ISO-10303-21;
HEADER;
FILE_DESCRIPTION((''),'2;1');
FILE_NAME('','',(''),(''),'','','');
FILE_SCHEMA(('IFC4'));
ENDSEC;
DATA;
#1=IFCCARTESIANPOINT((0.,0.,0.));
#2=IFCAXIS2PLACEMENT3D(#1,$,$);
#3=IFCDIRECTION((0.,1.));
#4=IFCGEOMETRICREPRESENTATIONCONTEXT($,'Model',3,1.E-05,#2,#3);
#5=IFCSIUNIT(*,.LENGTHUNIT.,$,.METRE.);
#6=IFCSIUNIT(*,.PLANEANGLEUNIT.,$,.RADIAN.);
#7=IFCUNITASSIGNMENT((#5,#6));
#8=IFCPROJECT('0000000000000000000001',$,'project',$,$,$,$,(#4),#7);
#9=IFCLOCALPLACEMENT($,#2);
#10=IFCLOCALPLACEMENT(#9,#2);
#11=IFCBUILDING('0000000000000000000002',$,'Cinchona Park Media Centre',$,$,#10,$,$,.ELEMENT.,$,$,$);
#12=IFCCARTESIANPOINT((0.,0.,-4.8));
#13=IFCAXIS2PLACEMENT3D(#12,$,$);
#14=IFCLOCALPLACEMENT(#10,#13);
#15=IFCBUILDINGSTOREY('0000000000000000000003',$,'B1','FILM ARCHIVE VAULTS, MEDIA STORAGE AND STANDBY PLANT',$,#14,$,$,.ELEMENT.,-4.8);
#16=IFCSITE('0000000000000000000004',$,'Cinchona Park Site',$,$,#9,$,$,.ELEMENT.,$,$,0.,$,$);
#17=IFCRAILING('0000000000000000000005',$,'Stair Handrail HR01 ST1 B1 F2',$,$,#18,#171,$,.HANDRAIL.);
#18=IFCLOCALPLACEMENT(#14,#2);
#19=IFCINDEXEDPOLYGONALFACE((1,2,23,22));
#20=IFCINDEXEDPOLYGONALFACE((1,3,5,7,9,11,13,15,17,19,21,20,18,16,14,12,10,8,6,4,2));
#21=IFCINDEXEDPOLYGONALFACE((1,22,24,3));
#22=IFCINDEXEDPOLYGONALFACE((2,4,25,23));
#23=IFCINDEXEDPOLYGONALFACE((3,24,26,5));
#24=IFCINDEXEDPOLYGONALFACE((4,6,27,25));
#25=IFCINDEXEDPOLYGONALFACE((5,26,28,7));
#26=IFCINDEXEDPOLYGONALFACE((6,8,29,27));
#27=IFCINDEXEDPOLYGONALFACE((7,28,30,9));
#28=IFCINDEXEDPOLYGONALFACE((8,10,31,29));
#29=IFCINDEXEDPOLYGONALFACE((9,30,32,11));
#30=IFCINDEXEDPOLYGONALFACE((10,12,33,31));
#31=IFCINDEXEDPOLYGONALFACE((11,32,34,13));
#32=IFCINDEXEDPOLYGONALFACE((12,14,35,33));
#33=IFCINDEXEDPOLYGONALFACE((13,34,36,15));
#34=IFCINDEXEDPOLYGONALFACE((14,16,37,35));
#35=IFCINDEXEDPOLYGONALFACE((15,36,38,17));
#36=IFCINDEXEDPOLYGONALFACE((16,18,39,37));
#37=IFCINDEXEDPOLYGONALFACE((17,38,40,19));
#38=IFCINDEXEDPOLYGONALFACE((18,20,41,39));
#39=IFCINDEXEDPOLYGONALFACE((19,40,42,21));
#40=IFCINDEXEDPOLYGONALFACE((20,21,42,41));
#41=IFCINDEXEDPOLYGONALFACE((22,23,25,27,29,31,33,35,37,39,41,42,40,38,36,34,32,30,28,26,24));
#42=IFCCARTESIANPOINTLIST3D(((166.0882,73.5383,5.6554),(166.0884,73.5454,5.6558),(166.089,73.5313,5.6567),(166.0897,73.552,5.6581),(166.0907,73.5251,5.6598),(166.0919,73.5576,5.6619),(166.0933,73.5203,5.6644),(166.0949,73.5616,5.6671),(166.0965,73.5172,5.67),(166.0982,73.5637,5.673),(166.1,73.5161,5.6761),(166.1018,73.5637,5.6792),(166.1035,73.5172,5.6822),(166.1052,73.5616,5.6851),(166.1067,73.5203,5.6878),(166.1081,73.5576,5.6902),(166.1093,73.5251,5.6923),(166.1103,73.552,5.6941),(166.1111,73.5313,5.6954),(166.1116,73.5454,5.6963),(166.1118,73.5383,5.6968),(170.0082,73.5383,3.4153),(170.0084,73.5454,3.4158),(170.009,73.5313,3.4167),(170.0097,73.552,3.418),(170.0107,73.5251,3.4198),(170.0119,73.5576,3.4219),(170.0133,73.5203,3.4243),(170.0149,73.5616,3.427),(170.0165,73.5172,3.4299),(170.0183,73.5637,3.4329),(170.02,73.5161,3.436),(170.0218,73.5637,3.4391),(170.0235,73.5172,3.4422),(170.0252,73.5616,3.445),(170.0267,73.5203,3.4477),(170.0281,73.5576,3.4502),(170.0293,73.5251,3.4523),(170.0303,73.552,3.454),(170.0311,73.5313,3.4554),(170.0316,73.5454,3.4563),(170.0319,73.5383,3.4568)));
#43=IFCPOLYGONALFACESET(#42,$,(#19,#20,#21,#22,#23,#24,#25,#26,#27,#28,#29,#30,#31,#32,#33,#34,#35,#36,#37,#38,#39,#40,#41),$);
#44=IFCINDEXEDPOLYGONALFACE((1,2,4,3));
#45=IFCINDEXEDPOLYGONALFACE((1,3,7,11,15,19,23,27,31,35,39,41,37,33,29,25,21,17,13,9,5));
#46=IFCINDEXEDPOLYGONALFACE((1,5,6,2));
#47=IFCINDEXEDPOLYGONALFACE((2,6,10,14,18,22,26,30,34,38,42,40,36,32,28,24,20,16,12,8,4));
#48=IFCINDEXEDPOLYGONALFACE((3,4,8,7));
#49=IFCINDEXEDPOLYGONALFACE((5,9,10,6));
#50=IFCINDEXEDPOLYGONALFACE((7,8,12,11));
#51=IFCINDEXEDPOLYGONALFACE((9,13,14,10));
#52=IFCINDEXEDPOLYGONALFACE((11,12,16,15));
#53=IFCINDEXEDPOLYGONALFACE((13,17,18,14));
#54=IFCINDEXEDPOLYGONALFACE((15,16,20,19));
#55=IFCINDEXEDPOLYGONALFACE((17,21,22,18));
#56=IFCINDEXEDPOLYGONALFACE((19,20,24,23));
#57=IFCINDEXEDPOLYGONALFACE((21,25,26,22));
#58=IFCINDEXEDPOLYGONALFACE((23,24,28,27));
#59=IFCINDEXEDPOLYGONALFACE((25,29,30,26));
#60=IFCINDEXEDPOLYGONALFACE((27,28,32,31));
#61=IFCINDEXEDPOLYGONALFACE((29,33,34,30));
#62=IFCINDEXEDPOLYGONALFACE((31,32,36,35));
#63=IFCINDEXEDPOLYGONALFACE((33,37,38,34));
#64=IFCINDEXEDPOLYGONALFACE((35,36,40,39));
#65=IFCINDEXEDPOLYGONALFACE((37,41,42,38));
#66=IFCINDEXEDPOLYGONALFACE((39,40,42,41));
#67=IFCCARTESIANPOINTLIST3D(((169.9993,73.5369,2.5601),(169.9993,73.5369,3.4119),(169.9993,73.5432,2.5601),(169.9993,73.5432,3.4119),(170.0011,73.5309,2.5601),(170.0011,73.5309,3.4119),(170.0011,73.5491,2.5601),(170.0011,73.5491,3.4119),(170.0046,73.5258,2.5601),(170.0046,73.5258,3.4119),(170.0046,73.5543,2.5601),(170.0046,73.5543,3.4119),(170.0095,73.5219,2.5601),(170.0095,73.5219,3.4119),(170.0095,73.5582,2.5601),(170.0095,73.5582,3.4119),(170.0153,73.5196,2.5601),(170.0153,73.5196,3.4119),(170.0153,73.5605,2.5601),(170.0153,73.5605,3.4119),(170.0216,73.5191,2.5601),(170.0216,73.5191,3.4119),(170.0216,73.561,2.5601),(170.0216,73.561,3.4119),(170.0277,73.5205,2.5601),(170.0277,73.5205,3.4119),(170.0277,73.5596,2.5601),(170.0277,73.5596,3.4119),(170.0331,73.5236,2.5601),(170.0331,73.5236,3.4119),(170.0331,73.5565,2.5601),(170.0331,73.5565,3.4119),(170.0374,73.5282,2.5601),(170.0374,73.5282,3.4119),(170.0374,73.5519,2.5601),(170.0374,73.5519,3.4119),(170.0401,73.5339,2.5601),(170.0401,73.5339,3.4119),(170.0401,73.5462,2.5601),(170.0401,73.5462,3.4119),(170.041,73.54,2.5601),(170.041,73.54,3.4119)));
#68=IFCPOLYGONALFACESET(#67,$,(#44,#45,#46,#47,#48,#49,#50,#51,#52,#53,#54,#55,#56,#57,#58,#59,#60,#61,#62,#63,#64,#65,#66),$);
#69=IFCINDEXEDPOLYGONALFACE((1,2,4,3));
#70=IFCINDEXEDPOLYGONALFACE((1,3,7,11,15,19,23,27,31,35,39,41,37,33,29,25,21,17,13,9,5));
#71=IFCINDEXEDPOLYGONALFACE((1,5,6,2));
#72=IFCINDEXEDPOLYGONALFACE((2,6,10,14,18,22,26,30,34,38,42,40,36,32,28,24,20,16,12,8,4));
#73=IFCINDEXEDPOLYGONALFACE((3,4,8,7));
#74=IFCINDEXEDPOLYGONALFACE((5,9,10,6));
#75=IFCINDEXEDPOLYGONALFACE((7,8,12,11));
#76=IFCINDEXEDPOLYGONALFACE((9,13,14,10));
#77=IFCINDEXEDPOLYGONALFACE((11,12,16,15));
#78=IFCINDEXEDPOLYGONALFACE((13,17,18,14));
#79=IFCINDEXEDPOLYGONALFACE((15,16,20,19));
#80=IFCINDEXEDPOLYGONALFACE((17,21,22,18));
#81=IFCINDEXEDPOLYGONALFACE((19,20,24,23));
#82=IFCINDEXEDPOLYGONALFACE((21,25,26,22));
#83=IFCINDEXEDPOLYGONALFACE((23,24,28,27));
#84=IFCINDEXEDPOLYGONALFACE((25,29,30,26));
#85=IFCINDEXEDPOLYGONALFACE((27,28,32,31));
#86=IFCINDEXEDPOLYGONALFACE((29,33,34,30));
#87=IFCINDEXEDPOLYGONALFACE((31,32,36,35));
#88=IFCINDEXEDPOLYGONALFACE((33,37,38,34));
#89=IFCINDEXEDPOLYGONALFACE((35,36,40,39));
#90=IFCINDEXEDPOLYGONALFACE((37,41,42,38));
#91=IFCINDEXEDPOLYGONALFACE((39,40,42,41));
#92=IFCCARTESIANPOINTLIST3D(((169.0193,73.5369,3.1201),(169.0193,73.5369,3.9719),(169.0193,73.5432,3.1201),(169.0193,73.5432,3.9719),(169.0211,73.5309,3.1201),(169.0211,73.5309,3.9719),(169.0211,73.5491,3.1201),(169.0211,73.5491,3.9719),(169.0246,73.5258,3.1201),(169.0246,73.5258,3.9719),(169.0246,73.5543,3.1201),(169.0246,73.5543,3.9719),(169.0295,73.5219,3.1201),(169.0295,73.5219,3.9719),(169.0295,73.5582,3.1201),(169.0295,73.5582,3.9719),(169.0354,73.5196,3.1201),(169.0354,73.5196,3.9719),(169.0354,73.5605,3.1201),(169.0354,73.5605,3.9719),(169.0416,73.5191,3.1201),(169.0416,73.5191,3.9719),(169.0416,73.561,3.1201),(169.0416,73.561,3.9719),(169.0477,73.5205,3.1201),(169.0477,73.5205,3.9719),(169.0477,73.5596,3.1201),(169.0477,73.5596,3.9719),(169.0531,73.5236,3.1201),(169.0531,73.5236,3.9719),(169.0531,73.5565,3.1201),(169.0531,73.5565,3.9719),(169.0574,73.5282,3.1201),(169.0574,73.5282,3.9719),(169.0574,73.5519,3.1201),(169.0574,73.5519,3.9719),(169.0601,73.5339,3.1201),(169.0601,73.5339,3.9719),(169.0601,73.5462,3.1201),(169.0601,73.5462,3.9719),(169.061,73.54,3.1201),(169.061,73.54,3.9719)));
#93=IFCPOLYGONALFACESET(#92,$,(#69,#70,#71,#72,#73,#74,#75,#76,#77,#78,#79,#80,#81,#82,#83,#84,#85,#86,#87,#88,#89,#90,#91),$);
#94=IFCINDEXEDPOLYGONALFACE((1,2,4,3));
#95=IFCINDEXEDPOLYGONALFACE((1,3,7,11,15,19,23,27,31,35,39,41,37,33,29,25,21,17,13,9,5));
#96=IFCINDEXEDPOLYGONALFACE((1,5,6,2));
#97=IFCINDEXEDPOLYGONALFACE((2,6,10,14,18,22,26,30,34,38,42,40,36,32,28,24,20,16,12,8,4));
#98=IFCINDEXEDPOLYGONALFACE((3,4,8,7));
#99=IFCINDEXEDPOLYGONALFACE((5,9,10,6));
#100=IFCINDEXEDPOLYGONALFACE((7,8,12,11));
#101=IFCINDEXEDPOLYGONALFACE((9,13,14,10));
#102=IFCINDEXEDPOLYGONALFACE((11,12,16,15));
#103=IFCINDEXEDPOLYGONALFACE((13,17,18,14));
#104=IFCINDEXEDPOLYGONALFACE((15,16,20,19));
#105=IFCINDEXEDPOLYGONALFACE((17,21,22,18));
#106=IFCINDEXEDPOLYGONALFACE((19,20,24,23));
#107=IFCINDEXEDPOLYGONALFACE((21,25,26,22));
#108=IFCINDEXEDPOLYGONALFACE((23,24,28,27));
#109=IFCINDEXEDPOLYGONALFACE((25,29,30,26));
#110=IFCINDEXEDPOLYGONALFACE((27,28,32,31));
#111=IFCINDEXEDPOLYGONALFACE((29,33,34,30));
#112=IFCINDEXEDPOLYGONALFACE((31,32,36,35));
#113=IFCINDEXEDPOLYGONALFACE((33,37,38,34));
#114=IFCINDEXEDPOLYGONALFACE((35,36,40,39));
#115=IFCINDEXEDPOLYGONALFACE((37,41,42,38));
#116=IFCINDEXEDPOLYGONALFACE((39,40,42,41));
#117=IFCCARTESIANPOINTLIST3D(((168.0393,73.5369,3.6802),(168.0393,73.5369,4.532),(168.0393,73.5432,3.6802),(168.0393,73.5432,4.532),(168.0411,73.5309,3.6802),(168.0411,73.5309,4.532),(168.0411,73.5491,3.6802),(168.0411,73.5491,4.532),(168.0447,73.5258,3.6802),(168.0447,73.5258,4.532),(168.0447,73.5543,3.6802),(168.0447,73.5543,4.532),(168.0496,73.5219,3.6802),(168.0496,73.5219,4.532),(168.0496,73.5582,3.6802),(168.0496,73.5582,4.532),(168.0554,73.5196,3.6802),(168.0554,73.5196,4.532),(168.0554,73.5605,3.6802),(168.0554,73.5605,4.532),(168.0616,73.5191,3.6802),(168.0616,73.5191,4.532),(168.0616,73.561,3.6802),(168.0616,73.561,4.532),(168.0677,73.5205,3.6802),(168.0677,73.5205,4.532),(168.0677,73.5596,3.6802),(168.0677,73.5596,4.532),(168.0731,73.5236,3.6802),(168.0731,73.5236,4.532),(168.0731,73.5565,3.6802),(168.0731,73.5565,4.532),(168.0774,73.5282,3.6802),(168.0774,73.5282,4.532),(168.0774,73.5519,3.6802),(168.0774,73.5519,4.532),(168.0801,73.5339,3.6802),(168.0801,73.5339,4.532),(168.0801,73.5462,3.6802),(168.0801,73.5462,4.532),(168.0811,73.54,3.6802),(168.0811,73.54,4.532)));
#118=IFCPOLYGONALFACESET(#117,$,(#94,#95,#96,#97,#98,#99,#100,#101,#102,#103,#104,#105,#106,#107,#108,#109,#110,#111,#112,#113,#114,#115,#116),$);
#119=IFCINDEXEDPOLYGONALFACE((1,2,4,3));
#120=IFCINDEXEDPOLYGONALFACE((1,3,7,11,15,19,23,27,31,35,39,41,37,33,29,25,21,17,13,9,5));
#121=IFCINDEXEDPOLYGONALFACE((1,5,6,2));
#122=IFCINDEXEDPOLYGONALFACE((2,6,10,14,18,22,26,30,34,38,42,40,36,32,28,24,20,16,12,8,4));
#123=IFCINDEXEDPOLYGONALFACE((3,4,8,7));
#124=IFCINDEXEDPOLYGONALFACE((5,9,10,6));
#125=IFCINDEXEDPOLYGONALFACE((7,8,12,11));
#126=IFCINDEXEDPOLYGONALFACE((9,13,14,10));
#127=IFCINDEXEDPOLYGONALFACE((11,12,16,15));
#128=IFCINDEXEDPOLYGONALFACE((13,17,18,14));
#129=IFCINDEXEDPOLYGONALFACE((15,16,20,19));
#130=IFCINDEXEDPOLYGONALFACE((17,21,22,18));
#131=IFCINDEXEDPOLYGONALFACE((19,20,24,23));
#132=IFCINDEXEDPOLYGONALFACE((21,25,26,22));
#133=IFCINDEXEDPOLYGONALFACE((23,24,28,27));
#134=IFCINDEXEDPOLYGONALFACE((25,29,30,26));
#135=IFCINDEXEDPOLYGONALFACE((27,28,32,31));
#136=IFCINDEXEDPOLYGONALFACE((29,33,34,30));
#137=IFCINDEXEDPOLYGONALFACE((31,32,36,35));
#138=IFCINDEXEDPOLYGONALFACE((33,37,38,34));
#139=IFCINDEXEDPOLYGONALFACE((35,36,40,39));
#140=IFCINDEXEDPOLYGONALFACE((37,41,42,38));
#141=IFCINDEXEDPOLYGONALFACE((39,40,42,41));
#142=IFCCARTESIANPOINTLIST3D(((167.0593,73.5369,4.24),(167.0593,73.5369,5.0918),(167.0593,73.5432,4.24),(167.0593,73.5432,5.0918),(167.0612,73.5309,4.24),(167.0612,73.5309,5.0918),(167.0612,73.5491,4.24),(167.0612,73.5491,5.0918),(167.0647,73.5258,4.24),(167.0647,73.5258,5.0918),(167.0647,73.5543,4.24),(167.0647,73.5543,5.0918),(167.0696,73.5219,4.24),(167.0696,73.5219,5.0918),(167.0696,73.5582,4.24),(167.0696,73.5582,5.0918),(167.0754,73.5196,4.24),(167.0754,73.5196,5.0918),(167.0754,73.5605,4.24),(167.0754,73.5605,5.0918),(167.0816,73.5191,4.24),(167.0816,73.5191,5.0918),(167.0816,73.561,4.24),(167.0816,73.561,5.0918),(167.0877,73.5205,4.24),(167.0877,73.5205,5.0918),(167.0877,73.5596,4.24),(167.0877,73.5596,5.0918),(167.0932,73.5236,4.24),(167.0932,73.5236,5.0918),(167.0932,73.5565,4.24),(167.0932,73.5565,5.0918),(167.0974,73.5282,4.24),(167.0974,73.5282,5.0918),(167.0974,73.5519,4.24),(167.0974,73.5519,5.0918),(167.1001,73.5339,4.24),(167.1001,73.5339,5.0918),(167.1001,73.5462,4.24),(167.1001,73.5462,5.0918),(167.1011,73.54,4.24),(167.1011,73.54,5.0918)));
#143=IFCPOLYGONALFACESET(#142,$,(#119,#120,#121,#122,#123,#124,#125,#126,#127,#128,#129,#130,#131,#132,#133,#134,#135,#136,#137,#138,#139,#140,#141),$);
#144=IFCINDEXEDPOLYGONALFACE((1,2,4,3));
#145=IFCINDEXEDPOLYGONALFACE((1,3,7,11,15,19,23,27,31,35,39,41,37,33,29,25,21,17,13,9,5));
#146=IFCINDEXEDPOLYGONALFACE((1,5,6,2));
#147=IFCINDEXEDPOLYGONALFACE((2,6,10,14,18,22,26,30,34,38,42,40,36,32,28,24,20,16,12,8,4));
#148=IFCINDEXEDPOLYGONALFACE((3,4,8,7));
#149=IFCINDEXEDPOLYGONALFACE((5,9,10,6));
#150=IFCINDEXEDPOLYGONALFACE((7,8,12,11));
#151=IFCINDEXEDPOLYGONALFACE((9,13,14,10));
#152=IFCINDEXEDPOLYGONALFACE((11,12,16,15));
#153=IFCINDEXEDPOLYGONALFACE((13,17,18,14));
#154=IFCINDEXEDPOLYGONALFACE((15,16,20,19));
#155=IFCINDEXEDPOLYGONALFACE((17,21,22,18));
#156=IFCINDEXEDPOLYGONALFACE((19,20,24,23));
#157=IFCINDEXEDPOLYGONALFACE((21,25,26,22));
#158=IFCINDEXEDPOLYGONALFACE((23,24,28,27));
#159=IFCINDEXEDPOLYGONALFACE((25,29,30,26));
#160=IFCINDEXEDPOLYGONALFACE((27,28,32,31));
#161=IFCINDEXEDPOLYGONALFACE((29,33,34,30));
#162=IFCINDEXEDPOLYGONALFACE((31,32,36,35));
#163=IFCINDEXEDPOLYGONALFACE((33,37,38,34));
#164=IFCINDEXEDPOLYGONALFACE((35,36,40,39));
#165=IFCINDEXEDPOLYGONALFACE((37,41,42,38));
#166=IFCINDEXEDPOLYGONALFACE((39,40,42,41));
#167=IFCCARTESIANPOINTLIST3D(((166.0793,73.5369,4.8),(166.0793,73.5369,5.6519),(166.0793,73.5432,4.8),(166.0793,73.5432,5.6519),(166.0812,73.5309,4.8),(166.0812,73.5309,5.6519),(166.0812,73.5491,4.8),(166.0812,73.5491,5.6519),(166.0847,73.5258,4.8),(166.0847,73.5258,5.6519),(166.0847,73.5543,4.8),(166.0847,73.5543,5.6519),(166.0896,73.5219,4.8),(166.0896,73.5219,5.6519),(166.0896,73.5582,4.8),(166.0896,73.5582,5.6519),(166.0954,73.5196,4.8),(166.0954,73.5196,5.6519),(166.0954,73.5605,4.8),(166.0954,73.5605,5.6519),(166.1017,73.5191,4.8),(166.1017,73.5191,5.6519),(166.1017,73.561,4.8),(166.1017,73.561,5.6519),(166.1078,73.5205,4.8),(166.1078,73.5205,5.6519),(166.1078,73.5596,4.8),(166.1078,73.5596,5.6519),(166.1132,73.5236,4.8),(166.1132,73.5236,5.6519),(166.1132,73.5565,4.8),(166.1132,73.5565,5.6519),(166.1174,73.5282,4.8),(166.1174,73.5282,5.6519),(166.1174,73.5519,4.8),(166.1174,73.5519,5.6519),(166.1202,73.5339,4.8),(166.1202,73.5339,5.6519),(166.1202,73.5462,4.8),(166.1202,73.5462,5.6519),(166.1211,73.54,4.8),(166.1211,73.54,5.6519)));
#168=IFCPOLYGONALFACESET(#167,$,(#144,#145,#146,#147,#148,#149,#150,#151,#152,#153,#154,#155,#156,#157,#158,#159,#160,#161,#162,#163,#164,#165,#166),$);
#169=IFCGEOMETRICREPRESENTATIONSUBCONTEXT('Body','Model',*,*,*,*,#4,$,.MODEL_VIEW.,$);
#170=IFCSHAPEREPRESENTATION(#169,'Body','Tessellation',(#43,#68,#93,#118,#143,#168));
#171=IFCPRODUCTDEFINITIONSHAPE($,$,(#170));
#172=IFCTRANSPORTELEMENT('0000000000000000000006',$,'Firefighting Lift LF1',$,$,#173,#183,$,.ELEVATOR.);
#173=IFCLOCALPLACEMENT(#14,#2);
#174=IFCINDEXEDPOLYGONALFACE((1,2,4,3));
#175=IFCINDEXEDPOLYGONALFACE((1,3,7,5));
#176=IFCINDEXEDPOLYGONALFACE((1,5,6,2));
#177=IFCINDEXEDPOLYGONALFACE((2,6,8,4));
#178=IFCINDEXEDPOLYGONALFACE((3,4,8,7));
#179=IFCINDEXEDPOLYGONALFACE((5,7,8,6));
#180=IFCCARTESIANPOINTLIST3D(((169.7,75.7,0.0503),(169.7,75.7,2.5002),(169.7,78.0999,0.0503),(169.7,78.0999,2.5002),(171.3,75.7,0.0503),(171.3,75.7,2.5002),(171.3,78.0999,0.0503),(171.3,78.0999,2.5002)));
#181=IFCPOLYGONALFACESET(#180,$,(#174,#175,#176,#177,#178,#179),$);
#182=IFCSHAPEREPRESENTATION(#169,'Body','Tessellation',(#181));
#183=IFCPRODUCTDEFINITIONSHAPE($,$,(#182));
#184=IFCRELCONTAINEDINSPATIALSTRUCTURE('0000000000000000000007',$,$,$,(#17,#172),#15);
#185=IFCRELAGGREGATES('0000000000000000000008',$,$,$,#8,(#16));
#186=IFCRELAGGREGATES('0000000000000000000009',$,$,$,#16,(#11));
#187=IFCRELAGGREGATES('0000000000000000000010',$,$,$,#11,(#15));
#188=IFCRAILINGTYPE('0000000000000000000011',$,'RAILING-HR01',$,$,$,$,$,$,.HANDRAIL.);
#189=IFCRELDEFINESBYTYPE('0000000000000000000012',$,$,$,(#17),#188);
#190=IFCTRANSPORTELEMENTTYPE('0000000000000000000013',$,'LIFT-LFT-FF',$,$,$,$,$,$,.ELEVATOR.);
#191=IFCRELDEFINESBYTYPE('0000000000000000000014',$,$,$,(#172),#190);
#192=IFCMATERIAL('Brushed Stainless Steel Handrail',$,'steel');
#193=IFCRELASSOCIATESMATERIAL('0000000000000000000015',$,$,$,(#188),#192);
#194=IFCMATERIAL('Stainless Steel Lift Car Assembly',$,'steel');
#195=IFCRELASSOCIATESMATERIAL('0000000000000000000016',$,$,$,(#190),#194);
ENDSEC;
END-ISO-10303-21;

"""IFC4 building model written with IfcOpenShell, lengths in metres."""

from ifc_helpers import new_model, si_unit, direction, frame, origin, origin_2d, place, context, subcontext, project, spatial, rectangle, circle, extrude, material, type_object, element, save


model = new_model("IFC4")

# Units and contexts
model_context = context("Model", 3, precision=1e-05, world=origin(), true_north=direction((0.0, 1.0)))
body_context = subcontext(model_context, "Body", "Model", "MODEL_VIEW")
ifc_project = project(units=[si_unit("LENGTHUNIT", "METRE"), si_unit("PLANEANGLEUNIT", "RADIAN")], contexts=[model_context])

# Site, building, storey
site_placement = place(None, origin())
site = spatial("IfcSite", under=ifc_project, at=site_placement, Name="Cinchona Park Site", CompositionType="ELEMENT", RefElevation=0.0)
building_placement = place(site_placement, origin())
building = spatial("IfcBuilding", under=site, at=building_placement, Name="Cinchona Park Media Centre", CompositionType="ELEMENT")
storey_placement = place(building_placement, frame((0.0, 0.0, -4.8)))
storey = spatial("IfcBuildingStorey", under=building, at=storey_placement, Name="B1", Description="FILM ARCHIVE VAULTS, MEDIA STORAGE AND STANDBY PLANT", CompositionType="ELEMENT", Elevation=-4.8)

# Railing
ifc_material_1 = material(Name="Brushed Stainless Steel Handrail", Category="steel")
railing_type_1 = type_object("IfcRailingType", Name="RAILING-HR01", PredefinedType="HANDRAIL", material=ifc_material_1)
railing_1_placement = place(storey_placement, frame((170.02, 73.54, 2.5601)))
element("IfcRailing", 1, at=railing_1_placement, inside=storey, type_object=railing_type_1, Name="Stair Handrail HR01 ST1 B1 F2", PredefinedType="HANDRAIL", context=body_context, shape_type="SweptSolid", body=[
    extrude(circle(Radius=0.0239, at=origin_2d()), frame((0.0, 0.0, 0.876), z_axis=(-0.86824, 0.0, 0.496145), x_axis=(0.0, -1.0, 0.0)), (0.0, 0.0, 1.0), 4.5149),
    extrude(circle(Radius=0.021, at=origin_2d()), origin(), (0.0, 0.0, 1.0), 0.8518),
    extrude(circle(Radius=0.021, at=origin_2d()), frame((-0.98, 0.0, 0.5601)), (0.0, 0.0, 1.0), 0.8518),
    extrude(circle(Radius=0.021, at=origin_2d()), frame((-1.96, 0.0, 1.1201)), (0.0, 0.0, 1.0), 0.8518),
    extrude(circle(Radius=0.021, at=origin_2d()), frame((-2.9399, 0.0, 1.6799)), (0.0, 0.0, 1.0), 0.8518),
    extrude(circle(Radius=0.021, at=origin_2d()), frame((-3.9199, 0.0, 2.24)), (0.0, 0.0, 1.0), 0.8518),
])

# Transport element
ifc_material_2 = material(Name="Stainless Steel Lift Car Assembly", Category="steel")
transport_element_type = type_object("IfcTransportElementType", Name="LIFT-LFT-FF", PredefinedType="ELEVATOR", material=ifc_material_2)
transport_element_placement = place(storey_placement, frame((170.5, 76.8999, 0.0503), z_axis=(0.0, 0.0, 1.0), x_axis=(1.0, 0.0, 0.0)))
element("IfcTransportElement", 2, at=transport_element_placement, inside=storey, type_object=transport_element_type, Name="Firefighting Lift LF1", PredefinedType="ELEVATOR", context=body_context, shape_type="SweptSolid", body=[
    extrude(rectangle(XDim=1.6001, YDim=2.3999, at=origin_2d()), origin(), (0.0, 0.0, 1.0), 2.45),
])

save(model, "model.ifc")
